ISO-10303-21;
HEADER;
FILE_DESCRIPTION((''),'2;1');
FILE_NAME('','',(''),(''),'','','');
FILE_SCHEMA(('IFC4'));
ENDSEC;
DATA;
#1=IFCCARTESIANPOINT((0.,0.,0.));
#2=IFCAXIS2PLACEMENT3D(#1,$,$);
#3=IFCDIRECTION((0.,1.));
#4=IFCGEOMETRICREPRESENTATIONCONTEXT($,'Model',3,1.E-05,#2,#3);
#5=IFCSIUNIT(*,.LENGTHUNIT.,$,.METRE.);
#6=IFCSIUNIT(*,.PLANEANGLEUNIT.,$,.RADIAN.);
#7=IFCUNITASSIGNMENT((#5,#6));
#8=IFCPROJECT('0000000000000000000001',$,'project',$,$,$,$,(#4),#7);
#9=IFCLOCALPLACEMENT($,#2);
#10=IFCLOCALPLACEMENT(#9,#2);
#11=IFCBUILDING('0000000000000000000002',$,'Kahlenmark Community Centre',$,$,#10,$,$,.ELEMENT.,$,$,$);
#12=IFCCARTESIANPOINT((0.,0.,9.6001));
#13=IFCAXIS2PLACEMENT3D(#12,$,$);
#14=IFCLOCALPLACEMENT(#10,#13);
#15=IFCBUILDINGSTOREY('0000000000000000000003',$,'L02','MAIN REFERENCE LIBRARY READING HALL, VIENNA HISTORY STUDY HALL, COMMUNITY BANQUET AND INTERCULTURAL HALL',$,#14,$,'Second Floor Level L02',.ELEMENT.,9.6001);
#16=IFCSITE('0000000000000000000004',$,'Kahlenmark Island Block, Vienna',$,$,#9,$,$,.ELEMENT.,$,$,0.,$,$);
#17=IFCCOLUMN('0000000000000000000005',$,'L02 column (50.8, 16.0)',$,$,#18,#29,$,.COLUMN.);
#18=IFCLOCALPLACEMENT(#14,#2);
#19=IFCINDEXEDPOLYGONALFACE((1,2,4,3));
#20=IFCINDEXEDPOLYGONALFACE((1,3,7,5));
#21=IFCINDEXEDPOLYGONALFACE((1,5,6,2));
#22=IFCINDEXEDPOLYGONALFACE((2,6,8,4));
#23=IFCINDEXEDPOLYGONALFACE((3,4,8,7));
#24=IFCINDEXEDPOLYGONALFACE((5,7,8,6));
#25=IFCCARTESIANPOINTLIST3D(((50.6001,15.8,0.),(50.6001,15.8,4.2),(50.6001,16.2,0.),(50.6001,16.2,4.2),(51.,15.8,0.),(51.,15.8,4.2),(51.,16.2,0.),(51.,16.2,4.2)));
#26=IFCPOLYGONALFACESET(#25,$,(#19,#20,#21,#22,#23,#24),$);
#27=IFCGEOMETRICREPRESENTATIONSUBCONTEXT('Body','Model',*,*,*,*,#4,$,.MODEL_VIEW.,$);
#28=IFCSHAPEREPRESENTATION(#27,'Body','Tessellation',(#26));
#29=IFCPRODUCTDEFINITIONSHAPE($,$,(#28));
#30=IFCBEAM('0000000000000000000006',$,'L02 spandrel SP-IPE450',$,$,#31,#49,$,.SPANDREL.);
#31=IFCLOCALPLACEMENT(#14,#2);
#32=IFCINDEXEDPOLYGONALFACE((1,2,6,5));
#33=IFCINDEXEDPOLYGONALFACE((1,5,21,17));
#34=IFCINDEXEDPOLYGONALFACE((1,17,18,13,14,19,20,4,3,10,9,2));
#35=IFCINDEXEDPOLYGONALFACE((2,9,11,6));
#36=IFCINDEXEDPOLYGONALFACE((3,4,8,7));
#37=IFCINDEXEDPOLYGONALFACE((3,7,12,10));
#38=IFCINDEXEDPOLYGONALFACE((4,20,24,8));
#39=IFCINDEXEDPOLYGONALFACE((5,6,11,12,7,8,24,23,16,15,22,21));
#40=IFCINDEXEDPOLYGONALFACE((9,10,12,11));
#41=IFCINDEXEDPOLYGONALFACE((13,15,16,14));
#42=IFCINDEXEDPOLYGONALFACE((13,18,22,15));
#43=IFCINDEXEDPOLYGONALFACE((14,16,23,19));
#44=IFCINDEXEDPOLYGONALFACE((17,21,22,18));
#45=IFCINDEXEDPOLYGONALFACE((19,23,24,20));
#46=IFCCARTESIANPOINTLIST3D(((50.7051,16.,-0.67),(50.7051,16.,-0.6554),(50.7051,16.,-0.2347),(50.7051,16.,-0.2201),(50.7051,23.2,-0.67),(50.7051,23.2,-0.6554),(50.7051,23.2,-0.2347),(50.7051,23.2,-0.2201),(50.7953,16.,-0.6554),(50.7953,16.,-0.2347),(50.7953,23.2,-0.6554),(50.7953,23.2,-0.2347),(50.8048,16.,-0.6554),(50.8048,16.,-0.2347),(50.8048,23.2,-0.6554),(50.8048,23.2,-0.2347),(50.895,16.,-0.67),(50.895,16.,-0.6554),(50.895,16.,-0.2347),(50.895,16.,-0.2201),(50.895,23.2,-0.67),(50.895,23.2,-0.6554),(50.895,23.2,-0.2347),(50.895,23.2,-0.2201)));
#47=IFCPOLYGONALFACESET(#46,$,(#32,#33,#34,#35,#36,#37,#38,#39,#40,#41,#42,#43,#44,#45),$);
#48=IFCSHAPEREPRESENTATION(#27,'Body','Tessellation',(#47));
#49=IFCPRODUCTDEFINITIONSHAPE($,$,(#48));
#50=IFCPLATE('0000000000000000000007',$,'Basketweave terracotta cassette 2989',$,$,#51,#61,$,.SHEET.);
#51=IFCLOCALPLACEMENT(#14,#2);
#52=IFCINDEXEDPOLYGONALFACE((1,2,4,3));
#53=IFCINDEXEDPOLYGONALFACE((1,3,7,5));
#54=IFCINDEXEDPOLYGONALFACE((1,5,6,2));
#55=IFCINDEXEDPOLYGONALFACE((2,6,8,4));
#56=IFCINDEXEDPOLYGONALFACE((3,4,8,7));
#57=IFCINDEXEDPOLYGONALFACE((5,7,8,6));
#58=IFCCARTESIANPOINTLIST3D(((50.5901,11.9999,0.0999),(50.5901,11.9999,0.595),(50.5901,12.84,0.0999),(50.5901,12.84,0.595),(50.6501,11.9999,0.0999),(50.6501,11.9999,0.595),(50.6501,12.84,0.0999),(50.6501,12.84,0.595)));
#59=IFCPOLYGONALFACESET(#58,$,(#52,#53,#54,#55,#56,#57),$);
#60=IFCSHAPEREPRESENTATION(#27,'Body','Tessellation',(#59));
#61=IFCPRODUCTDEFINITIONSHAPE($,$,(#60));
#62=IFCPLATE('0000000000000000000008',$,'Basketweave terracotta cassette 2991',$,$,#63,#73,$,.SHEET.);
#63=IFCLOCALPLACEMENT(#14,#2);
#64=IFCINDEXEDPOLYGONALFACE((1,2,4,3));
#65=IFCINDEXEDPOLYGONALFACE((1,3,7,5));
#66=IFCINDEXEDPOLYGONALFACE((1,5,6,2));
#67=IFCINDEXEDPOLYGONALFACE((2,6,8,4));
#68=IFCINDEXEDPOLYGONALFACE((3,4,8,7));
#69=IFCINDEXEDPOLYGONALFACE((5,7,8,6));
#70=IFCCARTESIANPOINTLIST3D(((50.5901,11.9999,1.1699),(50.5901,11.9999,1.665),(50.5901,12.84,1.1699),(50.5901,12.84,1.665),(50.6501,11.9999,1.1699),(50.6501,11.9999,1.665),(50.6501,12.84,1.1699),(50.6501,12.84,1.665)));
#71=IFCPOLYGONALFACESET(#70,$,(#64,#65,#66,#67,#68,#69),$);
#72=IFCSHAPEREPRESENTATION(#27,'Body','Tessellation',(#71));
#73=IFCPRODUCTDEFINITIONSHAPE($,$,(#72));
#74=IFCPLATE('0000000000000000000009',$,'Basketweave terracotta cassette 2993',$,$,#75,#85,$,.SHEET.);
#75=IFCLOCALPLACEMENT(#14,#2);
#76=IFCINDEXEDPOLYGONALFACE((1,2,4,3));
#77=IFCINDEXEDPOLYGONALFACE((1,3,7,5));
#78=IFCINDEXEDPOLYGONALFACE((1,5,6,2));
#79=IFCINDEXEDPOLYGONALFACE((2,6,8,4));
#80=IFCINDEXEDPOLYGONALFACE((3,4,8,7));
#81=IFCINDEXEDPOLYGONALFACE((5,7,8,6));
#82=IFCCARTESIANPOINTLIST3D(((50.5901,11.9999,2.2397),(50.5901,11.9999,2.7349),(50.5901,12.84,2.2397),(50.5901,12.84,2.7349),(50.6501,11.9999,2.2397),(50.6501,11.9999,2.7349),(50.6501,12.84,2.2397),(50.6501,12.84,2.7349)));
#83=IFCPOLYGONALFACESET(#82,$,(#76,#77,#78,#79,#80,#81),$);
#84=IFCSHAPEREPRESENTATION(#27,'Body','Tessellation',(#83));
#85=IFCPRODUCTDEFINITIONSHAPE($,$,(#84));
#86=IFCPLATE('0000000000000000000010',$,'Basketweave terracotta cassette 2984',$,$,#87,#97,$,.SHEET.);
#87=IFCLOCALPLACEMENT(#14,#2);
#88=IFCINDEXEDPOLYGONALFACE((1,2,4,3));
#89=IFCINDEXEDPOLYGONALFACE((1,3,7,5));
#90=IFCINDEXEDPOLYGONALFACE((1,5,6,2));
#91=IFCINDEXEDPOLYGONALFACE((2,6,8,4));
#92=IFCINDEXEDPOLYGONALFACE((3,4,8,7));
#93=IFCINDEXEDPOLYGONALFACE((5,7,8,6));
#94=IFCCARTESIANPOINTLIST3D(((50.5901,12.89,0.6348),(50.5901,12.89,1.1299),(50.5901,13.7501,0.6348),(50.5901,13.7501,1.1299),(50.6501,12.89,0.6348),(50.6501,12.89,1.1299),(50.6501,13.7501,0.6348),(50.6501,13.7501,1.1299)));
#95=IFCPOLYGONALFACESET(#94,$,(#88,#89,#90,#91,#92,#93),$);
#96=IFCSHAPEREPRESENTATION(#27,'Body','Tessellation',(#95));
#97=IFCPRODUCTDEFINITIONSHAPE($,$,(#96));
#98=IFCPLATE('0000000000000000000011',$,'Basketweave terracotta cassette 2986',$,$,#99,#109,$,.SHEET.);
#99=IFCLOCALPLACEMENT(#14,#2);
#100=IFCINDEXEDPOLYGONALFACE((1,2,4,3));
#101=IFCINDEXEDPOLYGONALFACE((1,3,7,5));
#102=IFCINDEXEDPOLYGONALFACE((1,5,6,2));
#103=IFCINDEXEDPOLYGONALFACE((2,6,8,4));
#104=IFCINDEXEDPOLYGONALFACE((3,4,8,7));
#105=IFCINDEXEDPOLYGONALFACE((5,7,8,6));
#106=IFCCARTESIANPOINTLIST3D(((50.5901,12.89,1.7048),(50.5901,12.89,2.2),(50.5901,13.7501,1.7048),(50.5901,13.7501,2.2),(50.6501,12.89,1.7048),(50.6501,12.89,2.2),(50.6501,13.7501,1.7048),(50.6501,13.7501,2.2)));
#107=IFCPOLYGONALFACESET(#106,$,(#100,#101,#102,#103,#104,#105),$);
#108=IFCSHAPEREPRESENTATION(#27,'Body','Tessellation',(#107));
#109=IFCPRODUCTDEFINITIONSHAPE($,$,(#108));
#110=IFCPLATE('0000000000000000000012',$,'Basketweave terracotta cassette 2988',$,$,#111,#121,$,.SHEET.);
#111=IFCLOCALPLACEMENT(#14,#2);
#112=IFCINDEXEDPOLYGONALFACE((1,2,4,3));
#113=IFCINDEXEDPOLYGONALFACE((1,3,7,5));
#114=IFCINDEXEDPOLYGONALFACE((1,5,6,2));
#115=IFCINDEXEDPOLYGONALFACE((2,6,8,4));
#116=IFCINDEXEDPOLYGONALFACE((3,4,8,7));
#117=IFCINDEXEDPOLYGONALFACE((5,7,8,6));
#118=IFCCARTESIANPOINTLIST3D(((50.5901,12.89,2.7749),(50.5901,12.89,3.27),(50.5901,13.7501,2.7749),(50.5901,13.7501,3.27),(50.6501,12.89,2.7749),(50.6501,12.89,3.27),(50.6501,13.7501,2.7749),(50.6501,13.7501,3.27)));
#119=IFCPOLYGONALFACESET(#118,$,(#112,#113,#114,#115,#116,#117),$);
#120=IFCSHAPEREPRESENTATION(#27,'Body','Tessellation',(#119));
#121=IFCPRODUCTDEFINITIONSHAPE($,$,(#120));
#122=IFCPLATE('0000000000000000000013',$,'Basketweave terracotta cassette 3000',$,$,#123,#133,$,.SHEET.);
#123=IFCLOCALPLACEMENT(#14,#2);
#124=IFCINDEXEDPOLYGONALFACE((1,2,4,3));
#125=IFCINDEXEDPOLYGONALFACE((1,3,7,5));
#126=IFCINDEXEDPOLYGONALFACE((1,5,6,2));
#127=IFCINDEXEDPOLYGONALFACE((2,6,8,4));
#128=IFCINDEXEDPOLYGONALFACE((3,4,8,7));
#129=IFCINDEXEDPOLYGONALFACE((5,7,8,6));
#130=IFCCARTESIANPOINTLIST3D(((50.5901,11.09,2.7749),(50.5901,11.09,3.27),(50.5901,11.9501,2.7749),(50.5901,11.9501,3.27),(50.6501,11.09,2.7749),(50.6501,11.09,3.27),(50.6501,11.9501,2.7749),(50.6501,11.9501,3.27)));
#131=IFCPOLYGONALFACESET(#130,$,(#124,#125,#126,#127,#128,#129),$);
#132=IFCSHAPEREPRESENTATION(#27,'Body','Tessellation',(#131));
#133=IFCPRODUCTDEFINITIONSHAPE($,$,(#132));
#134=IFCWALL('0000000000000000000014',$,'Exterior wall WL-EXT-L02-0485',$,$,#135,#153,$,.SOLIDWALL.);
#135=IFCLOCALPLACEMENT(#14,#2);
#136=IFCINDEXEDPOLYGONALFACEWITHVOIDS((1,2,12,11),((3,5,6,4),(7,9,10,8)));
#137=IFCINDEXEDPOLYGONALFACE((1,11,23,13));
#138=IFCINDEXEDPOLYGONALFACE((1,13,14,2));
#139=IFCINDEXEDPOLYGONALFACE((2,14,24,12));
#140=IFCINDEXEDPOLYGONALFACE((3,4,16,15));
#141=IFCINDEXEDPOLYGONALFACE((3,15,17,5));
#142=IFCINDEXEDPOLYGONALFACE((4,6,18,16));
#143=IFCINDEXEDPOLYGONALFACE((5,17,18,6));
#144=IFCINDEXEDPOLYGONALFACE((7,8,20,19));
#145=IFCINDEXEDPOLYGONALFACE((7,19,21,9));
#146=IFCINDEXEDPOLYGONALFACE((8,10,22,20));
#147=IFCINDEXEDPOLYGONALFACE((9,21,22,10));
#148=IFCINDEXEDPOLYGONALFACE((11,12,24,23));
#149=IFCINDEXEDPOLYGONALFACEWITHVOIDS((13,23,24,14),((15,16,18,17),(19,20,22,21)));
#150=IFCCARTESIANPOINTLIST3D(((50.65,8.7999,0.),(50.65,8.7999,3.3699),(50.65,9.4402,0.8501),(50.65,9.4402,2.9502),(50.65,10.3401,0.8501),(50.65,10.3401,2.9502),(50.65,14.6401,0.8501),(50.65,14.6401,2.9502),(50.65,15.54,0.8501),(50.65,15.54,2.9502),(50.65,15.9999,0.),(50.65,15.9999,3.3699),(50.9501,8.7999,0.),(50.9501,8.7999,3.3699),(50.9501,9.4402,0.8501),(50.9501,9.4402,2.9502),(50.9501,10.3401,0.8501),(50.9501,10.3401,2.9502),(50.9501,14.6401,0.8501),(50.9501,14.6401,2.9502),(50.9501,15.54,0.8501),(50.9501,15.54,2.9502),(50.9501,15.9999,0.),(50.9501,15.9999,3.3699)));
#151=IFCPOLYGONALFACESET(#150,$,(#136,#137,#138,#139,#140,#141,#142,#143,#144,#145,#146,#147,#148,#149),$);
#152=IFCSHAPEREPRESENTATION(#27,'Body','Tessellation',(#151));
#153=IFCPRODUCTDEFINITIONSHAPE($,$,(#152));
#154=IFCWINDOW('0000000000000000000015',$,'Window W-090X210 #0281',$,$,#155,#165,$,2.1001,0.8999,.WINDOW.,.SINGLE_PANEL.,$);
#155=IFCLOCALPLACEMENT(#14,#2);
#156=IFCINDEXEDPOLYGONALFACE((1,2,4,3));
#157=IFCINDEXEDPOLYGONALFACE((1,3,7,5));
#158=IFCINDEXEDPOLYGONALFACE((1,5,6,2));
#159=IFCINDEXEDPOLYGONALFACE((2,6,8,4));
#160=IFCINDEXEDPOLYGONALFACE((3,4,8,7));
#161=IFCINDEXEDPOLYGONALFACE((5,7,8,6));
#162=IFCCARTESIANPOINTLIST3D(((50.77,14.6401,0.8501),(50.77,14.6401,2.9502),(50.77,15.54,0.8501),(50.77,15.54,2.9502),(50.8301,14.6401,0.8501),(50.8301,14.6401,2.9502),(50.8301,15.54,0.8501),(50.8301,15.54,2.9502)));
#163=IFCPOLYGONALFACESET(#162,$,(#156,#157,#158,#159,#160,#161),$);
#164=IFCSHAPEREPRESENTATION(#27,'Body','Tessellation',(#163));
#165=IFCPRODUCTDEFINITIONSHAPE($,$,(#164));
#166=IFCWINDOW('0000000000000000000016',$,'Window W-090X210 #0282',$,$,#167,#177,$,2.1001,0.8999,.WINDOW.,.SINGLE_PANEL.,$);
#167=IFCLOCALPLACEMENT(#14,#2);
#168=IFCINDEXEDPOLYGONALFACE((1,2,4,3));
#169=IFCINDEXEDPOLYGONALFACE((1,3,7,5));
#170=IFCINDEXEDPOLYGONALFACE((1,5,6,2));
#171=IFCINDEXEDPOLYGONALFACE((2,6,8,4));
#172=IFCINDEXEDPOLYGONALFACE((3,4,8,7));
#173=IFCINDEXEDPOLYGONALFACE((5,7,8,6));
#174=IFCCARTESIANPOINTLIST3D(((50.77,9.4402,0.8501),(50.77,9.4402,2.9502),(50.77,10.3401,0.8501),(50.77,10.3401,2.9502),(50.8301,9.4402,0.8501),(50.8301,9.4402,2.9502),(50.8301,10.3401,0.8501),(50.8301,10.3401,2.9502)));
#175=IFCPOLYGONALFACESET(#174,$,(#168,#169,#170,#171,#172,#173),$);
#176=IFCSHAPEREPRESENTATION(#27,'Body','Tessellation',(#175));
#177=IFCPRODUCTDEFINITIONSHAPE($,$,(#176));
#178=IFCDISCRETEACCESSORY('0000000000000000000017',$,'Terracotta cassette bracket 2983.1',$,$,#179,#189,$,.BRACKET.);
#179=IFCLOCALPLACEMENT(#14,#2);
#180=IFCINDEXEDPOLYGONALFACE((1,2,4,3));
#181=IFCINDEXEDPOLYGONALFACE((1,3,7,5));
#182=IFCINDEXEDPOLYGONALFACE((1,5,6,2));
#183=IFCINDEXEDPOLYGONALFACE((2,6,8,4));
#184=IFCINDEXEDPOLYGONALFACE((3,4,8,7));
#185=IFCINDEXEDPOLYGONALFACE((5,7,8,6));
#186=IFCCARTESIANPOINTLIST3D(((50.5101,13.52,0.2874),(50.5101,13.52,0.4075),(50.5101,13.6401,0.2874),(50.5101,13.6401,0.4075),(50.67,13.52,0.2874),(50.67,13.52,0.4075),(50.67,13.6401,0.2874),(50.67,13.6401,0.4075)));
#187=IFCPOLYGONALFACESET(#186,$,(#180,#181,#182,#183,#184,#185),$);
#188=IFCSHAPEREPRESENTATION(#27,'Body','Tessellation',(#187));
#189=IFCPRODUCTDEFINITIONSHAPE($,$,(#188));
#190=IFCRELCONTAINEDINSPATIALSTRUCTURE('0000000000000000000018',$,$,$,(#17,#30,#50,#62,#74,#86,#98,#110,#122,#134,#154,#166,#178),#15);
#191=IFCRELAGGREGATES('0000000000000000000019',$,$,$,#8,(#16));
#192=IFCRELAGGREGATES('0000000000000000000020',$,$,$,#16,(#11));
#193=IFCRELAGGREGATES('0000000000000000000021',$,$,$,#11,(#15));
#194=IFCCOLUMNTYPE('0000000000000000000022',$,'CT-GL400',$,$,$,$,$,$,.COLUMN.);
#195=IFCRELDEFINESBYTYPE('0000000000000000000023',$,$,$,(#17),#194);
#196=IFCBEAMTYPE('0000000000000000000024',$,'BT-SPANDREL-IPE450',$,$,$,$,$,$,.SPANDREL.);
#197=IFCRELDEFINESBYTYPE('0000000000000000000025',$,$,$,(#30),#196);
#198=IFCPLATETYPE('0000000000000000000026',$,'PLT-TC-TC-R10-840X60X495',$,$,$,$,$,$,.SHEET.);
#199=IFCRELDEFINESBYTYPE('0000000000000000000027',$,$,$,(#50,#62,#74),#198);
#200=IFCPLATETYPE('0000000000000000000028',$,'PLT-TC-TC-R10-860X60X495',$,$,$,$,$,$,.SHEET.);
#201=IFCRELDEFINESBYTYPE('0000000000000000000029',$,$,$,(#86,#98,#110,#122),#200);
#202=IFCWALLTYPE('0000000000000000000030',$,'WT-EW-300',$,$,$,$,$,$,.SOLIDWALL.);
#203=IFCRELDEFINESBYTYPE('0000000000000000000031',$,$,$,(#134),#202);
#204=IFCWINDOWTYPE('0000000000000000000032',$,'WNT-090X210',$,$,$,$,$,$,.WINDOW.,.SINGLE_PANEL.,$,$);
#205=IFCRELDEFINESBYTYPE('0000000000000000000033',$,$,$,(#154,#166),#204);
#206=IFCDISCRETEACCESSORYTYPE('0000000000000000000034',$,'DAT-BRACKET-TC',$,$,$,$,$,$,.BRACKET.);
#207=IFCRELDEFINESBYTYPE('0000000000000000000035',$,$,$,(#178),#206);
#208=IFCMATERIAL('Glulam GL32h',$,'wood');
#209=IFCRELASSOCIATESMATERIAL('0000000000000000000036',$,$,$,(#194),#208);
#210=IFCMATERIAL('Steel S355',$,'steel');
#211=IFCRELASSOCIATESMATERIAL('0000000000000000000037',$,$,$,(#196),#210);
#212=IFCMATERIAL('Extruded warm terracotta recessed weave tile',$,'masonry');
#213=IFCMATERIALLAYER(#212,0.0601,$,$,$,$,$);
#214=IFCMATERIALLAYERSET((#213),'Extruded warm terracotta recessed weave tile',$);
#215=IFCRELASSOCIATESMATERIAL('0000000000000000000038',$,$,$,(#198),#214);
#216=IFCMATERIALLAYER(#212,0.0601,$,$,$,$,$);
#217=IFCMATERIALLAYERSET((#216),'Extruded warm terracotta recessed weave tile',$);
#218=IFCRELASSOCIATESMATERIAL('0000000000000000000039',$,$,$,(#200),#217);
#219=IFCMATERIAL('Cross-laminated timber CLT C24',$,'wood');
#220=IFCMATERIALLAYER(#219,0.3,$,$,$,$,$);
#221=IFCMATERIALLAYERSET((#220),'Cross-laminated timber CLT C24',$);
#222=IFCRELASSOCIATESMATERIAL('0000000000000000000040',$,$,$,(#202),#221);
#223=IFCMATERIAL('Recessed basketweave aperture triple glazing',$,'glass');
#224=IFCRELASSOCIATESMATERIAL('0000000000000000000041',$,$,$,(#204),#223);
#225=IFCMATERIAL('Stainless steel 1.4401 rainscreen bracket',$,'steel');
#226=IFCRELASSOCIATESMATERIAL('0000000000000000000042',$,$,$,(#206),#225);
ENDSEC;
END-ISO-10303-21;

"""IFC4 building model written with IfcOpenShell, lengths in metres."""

from ifc_helpers import new_model, si_unit, direction, frame, frame_2d, origin, origin_2d, place, context, subcontext, project, spatial, rectangle, i_section, extrude, material, layer, layer_set, material_profile, profile_set, type_object, element, fill, save


model = new_model("IFC4")

# Units and contexts
model_context = context("Model", 3, precision=1e-05, world=origin(), true_north=direction((0.0, 1.0)))
body_context = subcontext(model_context, "Body", "Model", "MODEL_VIEW")
ifc_project = project(units=[si_unit("LENGTHUNIT", "METRE"), si_unit("PLANEANGLEUNIT", "RADIAN")], contexts=[model_context])

# Site, building, storey
site_placement = place(None, origin())
site = spatial("IfcSite", under=ifc_project, at=site_placement, Name="Kahlenmark Island Block, Vienna", CompositionType="ELEMENT", RefElevation=0.0)
building_placement = place(site_placement, origin())
building = spatial("IfcBuilding", under=site, at=building_placement, Name="Kahlenmark Community Centre", CompositionType="ELEMENT")
storey_placement = place(building_placement, frame((0.0, 0.0, 9.6001)))
storey = spatial("IfcBuildingStorey", under=building, at=storey_placement, Name="L02", Description="MAIN REFERENCE LIBRARY READING HALL, VIENNA HISTORY STUDY HALL, COMMUNITY BANQUET AND INTERCULTURAL HALL", LongName="Second Floor Level L02", CompositionType="ELEMENT", Elevation=9.6001)

# Column
ifc_material_1 = material(Name="Glulam GL32h", Category="wood")
ifc_material_profile_1 = material_profile(ifc_material_1, rectangle(XDim=0.3999, YDim=0.3999, at=origin_2d()), Name="GL32h 400x400")
ifc_profile_set_1 = profile_set([ifc_material_profile_1], Name="Glulam GL32h")
column_type = type_object("IfcColumnType", Name="CT-GL400", PredefinedType="COLUMN", material=ifc_profile_set_1)
column_placement = place(storey_placement, frame((50.8, 16.0, 0.0), z_axis=(0.0, 0.0, 1.0), x_axis=(1.0, 0.0, 0.0)))
element("IfcColumn", 1, at=column_placement, inside=storey, type_object=column_type, Name="L02 column (50.8, 16.0)", PredefinedType="COLUMN", context=body_context, shape_type="SweptSolid", body=[
    extrude(rectangle(XDim=0.3999, YDim=0.3999, at=origin_2d()), origin(), (0.0, 0.0, 1.0), 4.2),
])

# Beam
ifc_material_2 = material(Name="Steel S355", Category="steel")
ifc_material_profile_2 = material_profile(ifc_material_2, i_section(OverallWidth=0.1899, OverallDepth=0.45, WebThickness=0.0095, FlangeThickness=0.0146, at=origin_2d()), Name="IPE 450")
ifc_profile_set_2 = profile_set([ifc_material_profile_2], Name="Steel S355")
beam_type = type_object("IfcBeamType", Name="BT-SPANDREL-IPE450", PredefinedType="SPANDREL", material=ifc_profile_set_2)
beam_placement = place(storey_placement, frame((50.8, 16.0, -0.4451), z_axis=(0.0, 1.0, 0.0), x_axis=(-1.0, 0.0, 0.0)))
element("IfcBeam", 2, at=beam_placement, inside=storey, type_object=beam_type, Name="L02 spandrel SP-IPE450", PredefinedType="SPANDREL", context=body_context, shape_type="SweptSolid", body=[
    extrude(i_section(OverallWidth=0.1899, OverallDepth=0.45, WebThickness=0.0095, FlangeThickness=0.0146, at=origin_2d()), origin(), (0.0, 0.0, 1.0), 7.2),
])

# Plates
ifc_material_3 = material(Name="Extruded warm terracotta recessed weave tile", Category="masonry")
ifc_layer_1 = layer(ifc_material_3, 0.0601)
ifc_layer_set_1 = layer_set([ifc_layer_1], Name="Extruded warm terracotta recessed weave tile")
plate_type_1 = type_object("IfcPlateType", Name="PLT-TC-TC-R10-840X60X495", PredefinedType="SHEET", material=ifc_layer_set_1)
for number, where, z_axis, x_axis, name in (
    (3, (50.6201, 12.4199, 0.0999), (0.0, 0.0, 1.0), (0.0, -1.0, 0.0), "Basketweave terracotta cassette 2989"),
    (4, (50.6201, 12.4199, 1.1699), (0.0, 0.0, 1.0), (0.0, -1.0, 0.0), "Basketweave terracotta cassette 2991"),
    (5, (50.6201, 12.4199, 2.2397), (0.0, 0.0, 1.0), (0.0, -1.0, 0.0), "Basketweave terracotta cassette 2993"),
):
    element("IfcPlate", number, at=place(storey_placement, frame(where, z_axis=z_axis, x_axis=x_axis)), inside=storey, type_object=plate_type_1, Name=name, PredefinedType="SHEET", context=body_context, shape_type="SweptSolid", body=[
        extrude(rectangle(XDim=0.8401, YDim=0.0601, at=origin_2d()), origin(), (0.0, 0.0, 1.0), 0.4951),
    ])
ifc_layer_2 = layer(ifc_material_3, 0.0601)
ifc_layer_set_2 = layer_set([ifc_layer_2], Name="Extruded warm terracotta recessed weave tile")
plate_type_2 = type_object("IfcPlateType", Name="PLT-TC-TC-R10-860X60X495", PredefinedType="SHEET", material=ifc_layer_set_2)
for number, where, z_axis, x_axis, name in (
    (6, (50.6201, 13.3201, 0.6348), (0.0, 0.0, 1.0), (0.0, -1.0, 0.0), "Basketweave terracotta cassette 2984"),
    (7, (50.6201, 13.3201, 1.7048), (0.0, 0.0, 1.0), (0.0, -1.0, 0.0), "Basketweave terracotta cassette 2986"),
    (8, (50.6201, 13.3201, 2.7749), (0.0, 0.0, 1.0), (0.0, -1.0, 0.0), "Basketweave terracotta cassette 2988"),
    (9, (50.6201, 11.52, 2.7749), (0.0, 0.0, 1.0), (0.0, -1.0, 0.0), "Basketweave terracotta cassette 3000"),
):
    element("IfcPlate", number, at=place(storey_placement, frame(where, z_axis=z_axis, x_axis=x_axis)), inside=storey, type_object=plate_type_2, Name=name, PredefinedType="SHEET", context=body_context, shape_type="SweptSolid", body=[
        extrude(rectangle(XDim=0.8601, YDim=0.0601, at=origin_2d()), origin(), (0.0, 0.0, 1.0), 0.4951),
    ])

# Wall, openings, windows
ifc_material_4 = material(Name="Cross-laminated timber CLT C24", Category="wood")
ifc_layer_3 = layer(ifc_material_4, 0.3)
ifc_layer_set_3 = layer_set([ifc_layer_3], Name="Cross-laminated timber CLT C24")
wall_type_1 = type_object("IfcWallType", Name="WT-EW-300", PredefinedType="SOLIDWALL", material=ifc_layer_set_3)
wall_1_placement = place(storey_placement, frame((50.8, 16.0, 0.0), z_axis=(0.0, 0.0, 1.0), x_axis=(0.0, -1.0, 0.0)))
wall_1 = element("IfcWall", 10, at=wall_1_placement, inside=storey, type_object=wall_type_1, Name="Exterior wall WL-EXT-L02-0485", PredefinedType="SOLIDWALL", context=body_context, shape_type="SweptSolid", body=[
    extrude(rectangle(XDim=7.2, YDim=0.3, at=frame_2d((3.6001, 0.0))), origin(), (0.0, 0.0, 1.0), 3.3699),
])
opening_1_placement = place(wall_1_placement, frame((0.46, 0.0, 0.8501)))
opening_1 = element("IfcOpeningElement", 11, at=opening_1_placement, cuts=wall_1, PredefinedType="OPENING", context=body_context, shape_type="SweptSolid", body=[
    extrude(rectangle(XDim=0.8999, YDim=2.1001, at=frame_2d((0.45, 1.05))), frame((0.0, 0.1599, 0.0), z_axis=(0.0, -1.0, 0.0), x_axis=(1.0, 0.0, 0.0)), (0.0, 0.0, 1.0), 0.3201),
])
opening_2_placement = place(wall_1_placement, frame((5.6599, 0.0, 0.8501)))
opening_2 = element("IfcOpeningElement", 12, at=opening_2_placement, cuts=wall_1, PredefinedType="OPENING", context=body_context, shape_type="SweptSolid", body=[
    extrude(rectangle(XDim=0.8999, YDim=2.1001, at=frame_2d((0.45, 1.05))), frame((0.0, 0.1599, 0.0), z_axis=(0.0, -1.0, 0.0), x_axis=(1.0, 0.0, 0.0)), (0.0, 0.0, 1.0), 0.3201),
])
ifc_material_5 = material(Name="Recessed basketweave aperture triple glazing", Category="glass")
window_type = type_object("IfcWindowType", Name="WNT-090X210", PartitioningType="SINGLE_PANEL", PredefinedType="WINDOW", material=ifc_material_5)
window_1_placement = place(opening_1_placement, origin())
window_1 = element("IfcWindow", 13, at=window_1_placement, inside=storey, type_object=window_type, Name="Window W-090X210 #0281", OverallHeight=2.1001, OverallWidth=0.8999, PartitioningType="SINGLE_PANEL", PredefinedType="WINDOW", context=body_context, shape_type="SweptSolid", body=[
    extrude(rectangle(XDim=0.8999, YDim=2.1001, at=frame_2d((0.45, 1.05))), frame((0.0, 0.03, 0.0), z_axis=(0.0, -1.0, 0.0), x_axis=(1.0, 0.0, 0.0)), (0.0, 0.0, 1.0), 0.0601),
])
fill(opening_1, window_1)
window_2_placement = place(opening_2_placement, origin())
window_2 = element("IfcWindow", 14, at=window_2_placement, inside=storey, type_object=window_type, Name="Window W-090X210 #0282", OverallHeight=2.1001, OverallWidth=0.8999, PartitioningType="SINGLE_PANEL", PredefinedType="WINDOW", context=body_context, shape_type="SweptSolid", body=[
    extrude(rectangle(XDim=0.8999, YDim=2.1001, at=frame_2d((0.45, 1.05))), frame((0.0, 0.03, 0.0), z_axis=(0.0, -1.0, 0.0), x_axis=(1.0, 0.0, 0.0)), (0.0, 0.0, 1.0), 0.0601),
])
fill(opening_2, window_2)

# Discrete accessory
ifc_material_6 = material(Name="Stainless steel 1.4401 rainscreen bracket", Category="steel")
discrete_accessory_type = type_object("IfcDiscreteAccessoryType", Name="DAT-BRACKET-TC", PredefinedType="BRACKET", material=ifc_material_6)
for number, where, z_axis, x_axis, name in (
    (15, (50.5901, 13.5801, 0.2874), (0.0, 0.0, 1.0), (0.0, -1.0, 0.0), "Terracotta cassette bracket 2983.1"),
):
    element("IfcDiscreteAccessory", number, at=place(storey_placement, frame(where, z_axis=z_axis, x_axis=x_axis)), inside=storey, type_object=discrete_accessory_type, Name=name, PredefinedType="BRACKET", context=body_context, shape_type="SweptSolid", body=[
        extrude(rectangle(XDim=0.1201, YDim=0.1599, at=origin_2d()), origin(), (0.0, 0.0, 1.0), 0.1201),
    ])

save(model, "model.ifc")
